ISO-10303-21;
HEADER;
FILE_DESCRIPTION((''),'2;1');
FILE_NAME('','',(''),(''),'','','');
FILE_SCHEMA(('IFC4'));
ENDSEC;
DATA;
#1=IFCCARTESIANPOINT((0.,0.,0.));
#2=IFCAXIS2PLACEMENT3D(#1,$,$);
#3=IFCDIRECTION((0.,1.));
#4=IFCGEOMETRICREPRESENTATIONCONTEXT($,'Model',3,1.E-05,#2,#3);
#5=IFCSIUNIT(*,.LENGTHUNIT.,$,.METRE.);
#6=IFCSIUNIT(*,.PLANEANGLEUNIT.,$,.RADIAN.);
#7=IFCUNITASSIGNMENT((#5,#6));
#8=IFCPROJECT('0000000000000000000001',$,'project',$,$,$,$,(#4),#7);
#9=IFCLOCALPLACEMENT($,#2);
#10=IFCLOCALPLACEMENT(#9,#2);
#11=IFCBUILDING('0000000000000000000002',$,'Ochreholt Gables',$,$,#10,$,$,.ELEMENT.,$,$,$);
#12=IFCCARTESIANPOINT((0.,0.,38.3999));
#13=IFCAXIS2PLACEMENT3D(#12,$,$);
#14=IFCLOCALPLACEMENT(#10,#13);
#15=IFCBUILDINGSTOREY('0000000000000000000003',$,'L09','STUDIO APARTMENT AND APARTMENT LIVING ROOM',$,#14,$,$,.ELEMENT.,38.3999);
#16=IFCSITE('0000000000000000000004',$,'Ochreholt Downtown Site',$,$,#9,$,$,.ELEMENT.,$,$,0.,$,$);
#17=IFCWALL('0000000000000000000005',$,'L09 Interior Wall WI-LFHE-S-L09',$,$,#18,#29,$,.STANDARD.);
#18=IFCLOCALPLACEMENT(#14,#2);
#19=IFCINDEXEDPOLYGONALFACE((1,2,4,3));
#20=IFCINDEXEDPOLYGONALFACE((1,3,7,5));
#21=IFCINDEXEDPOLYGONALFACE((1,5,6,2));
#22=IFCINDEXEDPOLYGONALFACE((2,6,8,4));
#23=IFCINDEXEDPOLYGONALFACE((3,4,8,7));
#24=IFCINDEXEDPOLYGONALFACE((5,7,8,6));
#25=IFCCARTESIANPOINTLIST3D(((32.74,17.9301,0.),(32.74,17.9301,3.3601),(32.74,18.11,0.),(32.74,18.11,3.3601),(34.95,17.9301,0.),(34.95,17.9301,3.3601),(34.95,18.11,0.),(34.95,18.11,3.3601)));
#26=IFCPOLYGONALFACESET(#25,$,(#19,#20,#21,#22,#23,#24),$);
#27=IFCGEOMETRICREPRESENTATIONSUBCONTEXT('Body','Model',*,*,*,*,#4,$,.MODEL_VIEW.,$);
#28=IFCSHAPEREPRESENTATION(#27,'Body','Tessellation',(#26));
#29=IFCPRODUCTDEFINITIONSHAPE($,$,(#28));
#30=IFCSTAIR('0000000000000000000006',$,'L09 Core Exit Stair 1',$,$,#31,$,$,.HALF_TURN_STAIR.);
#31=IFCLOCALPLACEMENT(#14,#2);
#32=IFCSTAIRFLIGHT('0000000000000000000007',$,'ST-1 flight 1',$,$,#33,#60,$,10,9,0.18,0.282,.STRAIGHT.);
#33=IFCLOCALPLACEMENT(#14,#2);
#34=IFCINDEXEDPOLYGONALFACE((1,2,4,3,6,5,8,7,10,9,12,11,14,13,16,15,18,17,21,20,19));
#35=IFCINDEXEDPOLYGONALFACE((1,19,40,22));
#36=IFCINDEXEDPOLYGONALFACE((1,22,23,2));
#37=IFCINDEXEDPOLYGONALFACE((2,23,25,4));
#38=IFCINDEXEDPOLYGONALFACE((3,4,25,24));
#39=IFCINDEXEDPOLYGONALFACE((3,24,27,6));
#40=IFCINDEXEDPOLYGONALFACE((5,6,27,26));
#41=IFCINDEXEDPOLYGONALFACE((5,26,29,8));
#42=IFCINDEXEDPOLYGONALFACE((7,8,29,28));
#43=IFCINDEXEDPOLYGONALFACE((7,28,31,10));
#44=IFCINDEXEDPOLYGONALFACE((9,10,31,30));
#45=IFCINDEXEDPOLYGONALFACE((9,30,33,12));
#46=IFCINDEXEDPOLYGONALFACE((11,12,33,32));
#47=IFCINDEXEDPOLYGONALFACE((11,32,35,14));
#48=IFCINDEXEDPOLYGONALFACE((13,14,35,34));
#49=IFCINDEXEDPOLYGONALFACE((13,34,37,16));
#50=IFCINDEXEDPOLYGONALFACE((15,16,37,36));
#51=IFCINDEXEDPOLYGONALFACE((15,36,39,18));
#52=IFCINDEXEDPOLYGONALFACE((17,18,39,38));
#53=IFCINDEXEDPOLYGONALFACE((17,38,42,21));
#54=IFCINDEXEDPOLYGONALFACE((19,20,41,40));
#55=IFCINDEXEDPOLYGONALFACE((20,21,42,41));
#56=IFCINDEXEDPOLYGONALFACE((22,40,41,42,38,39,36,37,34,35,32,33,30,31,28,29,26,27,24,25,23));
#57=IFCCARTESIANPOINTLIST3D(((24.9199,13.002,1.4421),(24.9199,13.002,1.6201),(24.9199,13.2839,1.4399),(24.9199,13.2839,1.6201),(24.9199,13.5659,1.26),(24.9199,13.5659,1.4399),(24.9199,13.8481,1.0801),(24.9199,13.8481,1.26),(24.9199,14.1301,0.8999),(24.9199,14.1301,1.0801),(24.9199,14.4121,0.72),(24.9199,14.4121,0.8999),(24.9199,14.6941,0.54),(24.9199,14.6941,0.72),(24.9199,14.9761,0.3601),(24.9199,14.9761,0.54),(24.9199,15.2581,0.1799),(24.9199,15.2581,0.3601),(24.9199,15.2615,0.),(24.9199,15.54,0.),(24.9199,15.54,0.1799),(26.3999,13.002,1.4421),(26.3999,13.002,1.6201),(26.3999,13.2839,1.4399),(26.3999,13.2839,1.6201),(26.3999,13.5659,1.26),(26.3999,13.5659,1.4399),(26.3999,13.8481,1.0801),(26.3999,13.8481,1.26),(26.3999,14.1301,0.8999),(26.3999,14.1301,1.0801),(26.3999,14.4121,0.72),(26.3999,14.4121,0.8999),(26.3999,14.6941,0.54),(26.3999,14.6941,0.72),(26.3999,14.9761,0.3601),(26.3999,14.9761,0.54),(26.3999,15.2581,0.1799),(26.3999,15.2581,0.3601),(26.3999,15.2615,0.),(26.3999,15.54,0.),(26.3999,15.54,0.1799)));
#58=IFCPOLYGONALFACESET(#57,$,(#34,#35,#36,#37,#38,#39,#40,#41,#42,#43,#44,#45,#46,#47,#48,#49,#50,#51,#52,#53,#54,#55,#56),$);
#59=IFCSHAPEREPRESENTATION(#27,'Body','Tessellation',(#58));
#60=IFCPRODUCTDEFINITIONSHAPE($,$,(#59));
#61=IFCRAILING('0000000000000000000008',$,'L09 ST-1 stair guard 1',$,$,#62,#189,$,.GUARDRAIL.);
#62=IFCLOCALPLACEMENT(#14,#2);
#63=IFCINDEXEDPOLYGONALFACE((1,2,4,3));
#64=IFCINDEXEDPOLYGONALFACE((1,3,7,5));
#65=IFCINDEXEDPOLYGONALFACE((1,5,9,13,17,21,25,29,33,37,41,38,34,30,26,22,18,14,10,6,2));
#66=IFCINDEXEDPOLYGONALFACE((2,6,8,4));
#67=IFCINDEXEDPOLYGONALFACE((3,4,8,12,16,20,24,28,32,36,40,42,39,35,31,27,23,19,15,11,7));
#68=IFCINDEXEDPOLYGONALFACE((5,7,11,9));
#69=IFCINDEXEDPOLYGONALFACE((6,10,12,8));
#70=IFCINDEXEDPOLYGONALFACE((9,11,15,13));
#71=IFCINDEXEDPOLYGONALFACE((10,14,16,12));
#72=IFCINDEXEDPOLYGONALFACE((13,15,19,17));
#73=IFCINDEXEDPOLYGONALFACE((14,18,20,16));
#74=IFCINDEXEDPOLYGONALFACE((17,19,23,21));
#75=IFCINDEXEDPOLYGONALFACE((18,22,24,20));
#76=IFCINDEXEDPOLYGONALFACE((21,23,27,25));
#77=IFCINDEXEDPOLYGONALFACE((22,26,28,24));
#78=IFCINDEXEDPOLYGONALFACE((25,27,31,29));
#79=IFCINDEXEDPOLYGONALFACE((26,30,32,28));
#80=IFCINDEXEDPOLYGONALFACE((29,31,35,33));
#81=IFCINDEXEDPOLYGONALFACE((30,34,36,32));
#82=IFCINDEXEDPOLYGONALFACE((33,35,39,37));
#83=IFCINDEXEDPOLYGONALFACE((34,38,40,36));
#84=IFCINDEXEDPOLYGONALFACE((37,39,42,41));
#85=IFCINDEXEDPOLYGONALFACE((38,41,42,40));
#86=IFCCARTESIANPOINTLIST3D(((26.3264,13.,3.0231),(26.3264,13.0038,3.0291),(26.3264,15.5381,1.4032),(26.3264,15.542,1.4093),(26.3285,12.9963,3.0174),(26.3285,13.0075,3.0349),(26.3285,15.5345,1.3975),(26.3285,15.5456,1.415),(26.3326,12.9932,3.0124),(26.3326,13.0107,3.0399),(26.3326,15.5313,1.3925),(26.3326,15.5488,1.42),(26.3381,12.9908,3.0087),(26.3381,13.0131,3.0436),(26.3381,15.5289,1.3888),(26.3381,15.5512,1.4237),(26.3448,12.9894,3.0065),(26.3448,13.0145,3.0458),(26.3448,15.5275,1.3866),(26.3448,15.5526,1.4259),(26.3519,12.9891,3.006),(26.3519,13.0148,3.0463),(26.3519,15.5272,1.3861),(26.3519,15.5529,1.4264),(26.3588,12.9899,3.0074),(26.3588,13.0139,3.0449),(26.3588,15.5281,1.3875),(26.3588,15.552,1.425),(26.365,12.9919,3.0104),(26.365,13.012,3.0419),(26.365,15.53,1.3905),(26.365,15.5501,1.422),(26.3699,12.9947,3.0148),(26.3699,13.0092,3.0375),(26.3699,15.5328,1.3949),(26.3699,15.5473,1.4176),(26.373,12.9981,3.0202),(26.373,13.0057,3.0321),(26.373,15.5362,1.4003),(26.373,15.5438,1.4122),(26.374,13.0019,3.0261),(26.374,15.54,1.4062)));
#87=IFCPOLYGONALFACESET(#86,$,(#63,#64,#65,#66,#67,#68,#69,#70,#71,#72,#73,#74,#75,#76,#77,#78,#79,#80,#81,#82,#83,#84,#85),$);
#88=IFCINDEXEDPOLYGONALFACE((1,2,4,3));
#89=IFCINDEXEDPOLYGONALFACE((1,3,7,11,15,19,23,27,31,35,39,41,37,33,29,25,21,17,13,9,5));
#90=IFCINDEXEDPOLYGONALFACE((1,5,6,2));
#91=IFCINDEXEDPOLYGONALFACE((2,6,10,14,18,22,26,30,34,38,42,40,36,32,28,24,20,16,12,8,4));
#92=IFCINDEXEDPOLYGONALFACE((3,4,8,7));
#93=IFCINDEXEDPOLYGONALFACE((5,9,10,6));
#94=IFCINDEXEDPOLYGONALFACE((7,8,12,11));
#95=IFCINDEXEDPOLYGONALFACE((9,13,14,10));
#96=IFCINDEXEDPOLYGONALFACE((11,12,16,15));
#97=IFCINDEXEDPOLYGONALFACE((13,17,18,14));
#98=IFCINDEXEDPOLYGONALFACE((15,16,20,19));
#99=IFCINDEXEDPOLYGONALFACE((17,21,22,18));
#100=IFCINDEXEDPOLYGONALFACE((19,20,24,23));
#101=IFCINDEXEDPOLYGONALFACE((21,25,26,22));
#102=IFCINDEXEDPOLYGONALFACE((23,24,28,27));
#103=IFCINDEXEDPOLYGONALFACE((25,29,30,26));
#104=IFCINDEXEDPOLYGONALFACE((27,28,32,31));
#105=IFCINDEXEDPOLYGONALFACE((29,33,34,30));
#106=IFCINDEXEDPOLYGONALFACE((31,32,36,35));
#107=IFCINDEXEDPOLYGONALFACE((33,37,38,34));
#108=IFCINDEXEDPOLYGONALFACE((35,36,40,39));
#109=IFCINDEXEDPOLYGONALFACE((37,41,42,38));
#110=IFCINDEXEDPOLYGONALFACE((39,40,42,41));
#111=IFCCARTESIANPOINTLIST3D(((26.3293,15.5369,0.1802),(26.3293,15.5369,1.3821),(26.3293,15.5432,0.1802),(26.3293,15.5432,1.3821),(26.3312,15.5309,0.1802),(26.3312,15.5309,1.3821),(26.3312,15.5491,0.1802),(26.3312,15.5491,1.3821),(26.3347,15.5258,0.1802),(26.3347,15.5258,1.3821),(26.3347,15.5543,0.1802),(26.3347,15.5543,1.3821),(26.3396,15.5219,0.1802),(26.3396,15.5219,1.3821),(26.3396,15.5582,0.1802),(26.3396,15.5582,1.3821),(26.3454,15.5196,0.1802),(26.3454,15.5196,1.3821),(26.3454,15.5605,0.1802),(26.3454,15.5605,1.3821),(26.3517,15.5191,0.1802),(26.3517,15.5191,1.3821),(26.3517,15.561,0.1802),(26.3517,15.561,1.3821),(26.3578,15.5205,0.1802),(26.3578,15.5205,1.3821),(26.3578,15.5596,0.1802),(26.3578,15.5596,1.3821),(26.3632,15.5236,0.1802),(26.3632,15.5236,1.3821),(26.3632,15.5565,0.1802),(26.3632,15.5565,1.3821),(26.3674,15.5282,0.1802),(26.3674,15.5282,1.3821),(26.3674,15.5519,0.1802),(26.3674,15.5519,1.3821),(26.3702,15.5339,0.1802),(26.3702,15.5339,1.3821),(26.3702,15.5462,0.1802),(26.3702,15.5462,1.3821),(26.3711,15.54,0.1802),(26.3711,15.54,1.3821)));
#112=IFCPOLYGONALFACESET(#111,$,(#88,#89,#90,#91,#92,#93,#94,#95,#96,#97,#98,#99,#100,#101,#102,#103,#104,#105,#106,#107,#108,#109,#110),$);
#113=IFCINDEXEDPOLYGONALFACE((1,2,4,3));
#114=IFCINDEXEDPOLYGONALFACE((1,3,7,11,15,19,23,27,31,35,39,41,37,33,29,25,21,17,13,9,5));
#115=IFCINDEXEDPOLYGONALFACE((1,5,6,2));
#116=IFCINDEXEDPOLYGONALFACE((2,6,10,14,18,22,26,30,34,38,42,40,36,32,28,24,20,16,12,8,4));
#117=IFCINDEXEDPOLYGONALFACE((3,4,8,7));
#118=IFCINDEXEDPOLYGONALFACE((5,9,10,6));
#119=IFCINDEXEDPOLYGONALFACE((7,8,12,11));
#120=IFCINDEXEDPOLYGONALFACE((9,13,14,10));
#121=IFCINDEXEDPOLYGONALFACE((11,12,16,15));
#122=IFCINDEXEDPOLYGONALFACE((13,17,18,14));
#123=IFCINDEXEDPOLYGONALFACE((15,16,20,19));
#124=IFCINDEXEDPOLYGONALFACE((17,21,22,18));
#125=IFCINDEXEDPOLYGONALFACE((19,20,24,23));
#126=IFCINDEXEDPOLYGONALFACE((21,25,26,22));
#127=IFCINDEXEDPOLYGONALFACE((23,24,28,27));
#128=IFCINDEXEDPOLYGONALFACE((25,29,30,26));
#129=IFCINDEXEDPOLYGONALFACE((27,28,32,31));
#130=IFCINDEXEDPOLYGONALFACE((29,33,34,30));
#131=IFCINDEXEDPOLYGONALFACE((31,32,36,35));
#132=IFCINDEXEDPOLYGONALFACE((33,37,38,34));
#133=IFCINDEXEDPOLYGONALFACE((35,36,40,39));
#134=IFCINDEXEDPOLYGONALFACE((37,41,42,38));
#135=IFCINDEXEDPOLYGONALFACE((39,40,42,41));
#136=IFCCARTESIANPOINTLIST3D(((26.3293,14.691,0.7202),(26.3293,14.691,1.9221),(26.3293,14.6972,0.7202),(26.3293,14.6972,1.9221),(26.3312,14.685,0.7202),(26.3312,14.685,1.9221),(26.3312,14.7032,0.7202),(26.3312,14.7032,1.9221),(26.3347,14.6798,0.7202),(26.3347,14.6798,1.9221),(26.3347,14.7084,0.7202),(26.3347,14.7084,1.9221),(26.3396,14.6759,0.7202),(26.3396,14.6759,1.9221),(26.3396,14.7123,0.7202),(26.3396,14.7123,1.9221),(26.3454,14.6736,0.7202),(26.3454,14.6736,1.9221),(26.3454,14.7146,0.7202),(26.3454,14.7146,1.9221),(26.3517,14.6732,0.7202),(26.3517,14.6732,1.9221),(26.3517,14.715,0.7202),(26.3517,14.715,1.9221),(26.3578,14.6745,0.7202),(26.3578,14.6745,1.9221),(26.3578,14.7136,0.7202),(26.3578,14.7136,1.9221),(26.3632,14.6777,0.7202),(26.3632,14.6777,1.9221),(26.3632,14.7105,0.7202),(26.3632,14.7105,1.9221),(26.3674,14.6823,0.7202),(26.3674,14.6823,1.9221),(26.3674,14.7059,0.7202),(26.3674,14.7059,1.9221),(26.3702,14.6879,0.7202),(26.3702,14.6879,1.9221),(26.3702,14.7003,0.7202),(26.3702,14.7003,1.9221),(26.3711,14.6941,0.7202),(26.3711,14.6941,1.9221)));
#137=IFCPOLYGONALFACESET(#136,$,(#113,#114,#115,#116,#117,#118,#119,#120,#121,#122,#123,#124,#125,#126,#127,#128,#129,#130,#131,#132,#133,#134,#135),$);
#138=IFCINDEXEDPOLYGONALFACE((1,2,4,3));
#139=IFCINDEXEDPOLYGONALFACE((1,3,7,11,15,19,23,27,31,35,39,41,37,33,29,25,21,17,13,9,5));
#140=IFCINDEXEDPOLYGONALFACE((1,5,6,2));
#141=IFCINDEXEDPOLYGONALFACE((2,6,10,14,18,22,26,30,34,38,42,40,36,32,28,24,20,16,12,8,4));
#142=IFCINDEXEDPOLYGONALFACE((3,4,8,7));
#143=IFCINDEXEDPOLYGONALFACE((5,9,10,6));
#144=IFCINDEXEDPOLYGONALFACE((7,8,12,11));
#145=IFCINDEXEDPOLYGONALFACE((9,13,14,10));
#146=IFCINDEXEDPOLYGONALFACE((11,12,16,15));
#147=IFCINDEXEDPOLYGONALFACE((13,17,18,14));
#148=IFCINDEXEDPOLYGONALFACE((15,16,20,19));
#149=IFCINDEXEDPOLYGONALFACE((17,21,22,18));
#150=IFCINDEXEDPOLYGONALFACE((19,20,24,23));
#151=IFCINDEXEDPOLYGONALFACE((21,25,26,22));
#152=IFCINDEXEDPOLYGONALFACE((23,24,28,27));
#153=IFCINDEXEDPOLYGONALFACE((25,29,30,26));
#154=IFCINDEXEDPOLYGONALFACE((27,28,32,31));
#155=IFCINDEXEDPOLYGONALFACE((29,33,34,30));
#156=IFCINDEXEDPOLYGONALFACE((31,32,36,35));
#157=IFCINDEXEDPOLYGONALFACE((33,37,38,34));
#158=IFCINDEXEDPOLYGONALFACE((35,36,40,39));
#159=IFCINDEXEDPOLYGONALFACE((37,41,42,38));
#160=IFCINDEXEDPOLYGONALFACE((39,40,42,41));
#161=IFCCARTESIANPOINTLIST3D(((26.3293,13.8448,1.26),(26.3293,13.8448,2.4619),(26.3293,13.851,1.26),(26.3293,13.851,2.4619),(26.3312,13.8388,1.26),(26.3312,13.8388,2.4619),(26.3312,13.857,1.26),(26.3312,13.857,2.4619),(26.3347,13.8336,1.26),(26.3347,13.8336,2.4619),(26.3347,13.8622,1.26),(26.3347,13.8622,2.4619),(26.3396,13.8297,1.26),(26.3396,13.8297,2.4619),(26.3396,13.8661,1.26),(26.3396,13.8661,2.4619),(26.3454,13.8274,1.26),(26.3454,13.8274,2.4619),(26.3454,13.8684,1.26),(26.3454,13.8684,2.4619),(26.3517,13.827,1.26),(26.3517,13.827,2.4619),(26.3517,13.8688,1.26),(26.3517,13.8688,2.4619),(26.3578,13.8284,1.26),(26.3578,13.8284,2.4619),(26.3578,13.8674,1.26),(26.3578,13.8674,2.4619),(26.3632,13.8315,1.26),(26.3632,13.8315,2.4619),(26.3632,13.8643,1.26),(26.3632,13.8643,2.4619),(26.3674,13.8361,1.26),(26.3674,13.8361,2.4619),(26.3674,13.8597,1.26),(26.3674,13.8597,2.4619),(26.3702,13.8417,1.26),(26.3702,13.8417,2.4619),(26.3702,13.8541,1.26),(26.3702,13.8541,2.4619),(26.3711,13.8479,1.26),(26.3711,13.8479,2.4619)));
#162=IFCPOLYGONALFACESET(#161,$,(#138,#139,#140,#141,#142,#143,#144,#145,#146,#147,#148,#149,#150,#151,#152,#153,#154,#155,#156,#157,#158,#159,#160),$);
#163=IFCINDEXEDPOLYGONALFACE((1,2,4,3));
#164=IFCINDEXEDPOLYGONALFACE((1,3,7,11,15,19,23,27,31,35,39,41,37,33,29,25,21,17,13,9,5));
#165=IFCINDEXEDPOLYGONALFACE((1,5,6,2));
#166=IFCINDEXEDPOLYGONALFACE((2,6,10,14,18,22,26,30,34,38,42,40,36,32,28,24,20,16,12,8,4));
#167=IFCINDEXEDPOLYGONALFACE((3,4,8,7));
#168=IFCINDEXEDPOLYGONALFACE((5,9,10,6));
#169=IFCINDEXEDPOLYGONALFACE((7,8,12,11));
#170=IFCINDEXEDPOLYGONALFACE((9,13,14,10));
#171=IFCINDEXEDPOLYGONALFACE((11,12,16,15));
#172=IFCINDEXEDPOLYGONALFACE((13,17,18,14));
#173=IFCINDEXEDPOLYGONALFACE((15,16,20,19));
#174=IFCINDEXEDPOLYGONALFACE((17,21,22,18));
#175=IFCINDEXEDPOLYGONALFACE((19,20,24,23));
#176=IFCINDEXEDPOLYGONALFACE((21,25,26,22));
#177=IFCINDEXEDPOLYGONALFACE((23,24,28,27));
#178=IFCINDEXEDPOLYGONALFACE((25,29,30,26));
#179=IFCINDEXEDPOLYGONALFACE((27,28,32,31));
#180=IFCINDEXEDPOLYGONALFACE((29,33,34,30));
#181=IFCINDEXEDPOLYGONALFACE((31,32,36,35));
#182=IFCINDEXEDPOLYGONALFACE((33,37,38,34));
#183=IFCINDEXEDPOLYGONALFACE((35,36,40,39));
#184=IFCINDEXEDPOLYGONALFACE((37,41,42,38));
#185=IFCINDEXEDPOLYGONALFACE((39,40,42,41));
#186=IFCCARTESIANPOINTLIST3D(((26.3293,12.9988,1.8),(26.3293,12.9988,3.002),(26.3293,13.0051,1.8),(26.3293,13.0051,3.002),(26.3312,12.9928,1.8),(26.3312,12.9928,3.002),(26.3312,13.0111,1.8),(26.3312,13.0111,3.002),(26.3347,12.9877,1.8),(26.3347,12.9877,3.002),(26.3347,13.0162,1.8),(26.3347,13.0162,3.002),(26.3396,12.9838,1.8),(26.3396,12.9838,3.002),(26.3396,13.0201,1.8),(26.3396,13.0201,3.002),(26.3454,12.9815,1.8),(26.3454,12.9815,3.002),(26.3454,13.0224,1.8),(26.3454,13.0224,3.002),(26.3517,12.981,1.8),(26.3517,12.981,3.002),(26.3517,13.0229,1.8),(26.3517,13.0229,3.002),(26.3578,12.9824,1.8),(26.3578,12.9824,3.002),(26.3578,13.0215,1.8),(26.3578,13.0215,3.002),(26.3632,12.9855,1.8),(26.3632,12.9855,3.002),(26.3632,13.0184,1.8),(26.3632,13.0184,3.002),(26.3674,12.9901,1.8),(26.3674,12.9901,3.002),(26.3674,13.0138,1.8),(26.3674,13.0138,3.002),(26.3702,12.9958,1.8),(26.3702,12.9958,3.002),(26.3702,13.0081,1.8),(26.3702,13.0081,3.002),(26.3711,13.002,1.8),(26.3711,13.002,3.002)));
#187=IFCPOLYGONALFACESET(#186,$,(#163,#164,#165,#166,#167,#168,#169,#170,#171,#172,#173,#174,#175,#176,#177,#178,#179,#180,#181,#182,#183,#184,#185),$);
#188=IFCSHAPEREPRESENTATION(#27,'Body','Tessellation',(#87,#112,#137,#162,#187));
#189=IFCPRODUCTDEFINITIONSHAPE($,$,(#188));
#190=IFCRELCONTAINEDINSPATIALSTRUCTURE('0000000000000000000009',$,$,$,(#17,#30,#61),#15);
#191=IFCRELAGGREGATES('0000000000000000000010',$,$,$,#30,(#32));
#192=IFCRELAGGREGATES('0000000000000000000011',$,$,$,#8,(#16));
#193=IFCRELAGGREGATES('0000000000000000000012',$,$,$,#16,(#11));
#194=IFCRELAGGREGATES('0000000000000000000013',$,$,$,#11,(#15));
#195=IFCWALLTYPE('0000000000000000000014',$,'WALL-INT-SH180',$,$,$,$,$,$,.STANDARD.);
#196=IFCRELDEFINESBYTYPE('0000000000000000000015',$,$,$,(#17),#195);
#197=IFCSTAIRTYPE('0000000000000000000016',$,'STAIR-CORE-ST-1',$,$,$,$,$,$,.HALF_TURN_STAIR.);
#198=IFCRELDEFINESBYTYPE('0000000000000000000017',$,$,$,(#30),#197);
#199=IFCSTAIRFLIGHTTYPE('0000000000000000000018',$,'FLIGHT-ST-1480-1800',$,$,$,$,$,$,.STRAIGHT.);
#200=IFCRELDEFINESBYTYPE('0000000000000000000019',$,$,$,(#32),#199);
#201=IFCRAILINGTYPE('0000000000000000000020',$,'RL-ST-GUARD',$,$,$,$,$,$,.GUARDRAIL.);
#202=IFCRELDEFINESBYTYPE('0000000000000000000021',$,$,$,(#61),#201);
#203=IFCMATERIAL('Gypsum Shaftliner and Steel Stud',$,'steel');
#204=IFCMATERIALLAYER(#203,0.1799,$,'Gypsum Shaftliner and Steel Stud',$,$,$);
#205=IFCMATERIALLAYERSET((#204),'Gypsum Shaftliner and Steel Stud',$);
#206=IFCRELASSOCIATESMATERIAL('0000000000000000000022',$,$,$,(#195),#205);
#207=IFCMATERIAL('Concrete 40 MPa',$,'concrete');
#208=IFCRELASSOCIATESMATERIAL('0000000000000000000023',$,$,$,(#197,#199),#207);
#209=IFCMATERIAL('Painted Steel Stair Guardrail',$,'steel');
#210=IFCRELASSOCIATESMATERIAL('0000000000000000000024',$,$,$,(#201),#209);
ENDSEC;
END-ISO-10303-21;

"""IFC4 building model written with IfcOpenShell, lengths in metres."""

from ifc_helpers import new_model, si_unit, direction, frame, frame_2d, origin, origin_2d, place, context, subcontext, project, spatial, polyline, rectangle, circle, outline, extrude, material, layer, layer_set, type_object, element, aggregate, save


model = new_model("IFC4")

# Units and contexts
model_context = context("Model", 3, precision=1e-05, world=origin(), true_north=direction((0.0, 1.0)))
body_context = subcontext(model_context, "Body", "Model", "MODEL_VIEW")
ifc_project = project(units=[si_unit("LENGTHUNIT", "METRE"), si_unit("PLANEANGLEUNIT", "RADIAN")], contexts=[model_context])

# Site, building, storey
site_placement = place(None, origin())
site = spatial("IfcSite", under=ifc_project, at=site_placement, Name="Ochreholt Downtown Site", CompositionType="ELEMENT", RefElevation=0.0)
building_placement = place(site_placement, origin())
building = spatial("IfcBuilding", under=site, at=building_placement, Name="Ochreholt Gables", CompositionType="ELEMENT")
storey_placement = place(building_placement, frame((0.0, 0.0, 38.3999)))
storey = spatial("IfcBuildingStorey", under=building, at=storey_placement, Name="L09", Description="STUDIO APARTMENT AND APARTMENT LIVING ROOM", CompositionType="ELEMENT", Elevation=38.3999)

# Shared definitions
ifc_material_1 = material(Name="Concrete 40 MPa", Category="concrete")

# Wall
ifc_material_2 = material(Name="Gypsum Shaftliner and Steel Stud", Category="steel")
ifc_layer_1 = layer(ifc_material_2, 0.1799, Name="Gypsum Shaftliner and Steel Stud")
ifc_layer_set_1 = layer_set([ifc_layer_1], Name="Gypsum Shaftliner and Steel Stud")
wall_type_1 = type_object("IfcWallType", Name="WALL-INT-SH180", PredefinedType="STANDARD", material=ifc_layer_set_1)
wall_1_placement = place(storey_placement, frame((32.74, 18.02, 0.0), z_axis=(0.0, 0.0, 1.0), x_axis=(1.0, 0.0, 0.0)))
element("IfcWall", 1, at=wall_1_placement, inside=storey, type_object=wall_type_1, Name="L09 Interior Wall WI-LFHE-S-L09", PredefinedType="STANDARD", context=body_context, shape_type="SweptSolid", body=[
    extrude(rectangle(XDim=2.21, YDim=0.1799, at=frame_2d((1.105, 0.0))), origin(), (0.0, 0.0, 1.0), 3.3601),
])

# Stair, stair flight
stair_type = type_object("IfcStairType", Name="STAIR-CORE-ST-1", PredefinedType="HALF_TURN_STAIR", material=ifc_material_1)
stair_placement = place(storey_placement, origin())
stair = element("IfcStair", 2, at=stair_placement, inside=storey, type_object=stair_type, Name="L09 Core Exit Stair 1", PredefinedType="HALF_TURN_STAIR")
stair_flight_type = type_object("IfcStairFlightType", Name="FLIGHT-ST-1480-1800", PredefinedType="STRAIGHT", material=ifc_material_1)
stair_flight_placement = place(storey_placement, frame((25.6599, 15.54, 0.0), z_axis=(0.0, 0.0, 1.0), x_axis=(0.0, -1.0, 0.0)))
stair_flight = element("IfcStairFlight", 3, at=stair_flight_placement, type_object=stair_flight_type, Name="ST-1 flight 1", NumberOfRisers=10, NumberOfTreads=9, PredefinedType="STRAIGHT", RiserHeight=0.18, TreadLength=0.282, context=body_context, shape_type="SweptSolid", body=[
    extrude(outline(polyline([(0.0, 0.0), (0.0, 0.1799), (0.282, 0.1799), (0.282, 0.3601), (0.564, 0.3601), (0.564, 0.54), (0.8459, 0.54), (0.8459, 0.72), (1.1279, 0.72), (1.1279, 0.8999), (1.4099, 0.8999), (1.4099, 1.0801), (1.6919, 1.0801), (1.6919, 1.26), (1.9741, 1.26), (1.9741, 1.4399), (2.2561, 1.4399), (2.2561, 1.6201), (2.5381, 1.6201), (2.5381, 1.8), (2.5381, 1.4421), (0.2786, 0.0), (0.0, 0.0)])), frame((0.0, 0.74, 0.0), z_axis=(0.0, -1.0, 0.0), x_axis=(1.0, 0.0, 0.0)), (0.0, 0.0, 1.0), 1.48),
])
aggregate(stair, [stair_flight])

# Railing
ifc_material_3 = material(Name="Painted Steel Stair Guardrail", Category="steel")
railing_type_1 = type_object("IfcRailingType", Name="RL-ST-GUARD", PredefinedType="GUARDRAIL", material=ifc_material_3)
railing_1_placement = place(storey_placement, frame((26.3501, 15.54, 0.1802)))
element("IfcRailing", 4, at=railing_1_placement, inside=storey, type_object=railing_type_1, Name="L09 ST-1 stair guard 1", PredefinedType="GUARDRAIL", context=body_context, shape_type="SweptSolid", body=[
    extrude(circle(Radius=0.0239, at=origin_2d()), frame((0.0, 0.0, 1.2261), z_axis=(0.0, -0.84295, 0.537993), x_axis=(1.0, 0.0, 0.0)), (0.0, 0.0, 1.0), 3.011),
    extrude(circle(Radius=0.021, at=origin_2d()), origin(), (0.0, 0.0, 1.0), 1.2019),
    extrude(circle(Radius=0.021, at=origin_2d()), frame((0.0, -0.8459, 0.54)), (0.0, 0.0, 1.0), 1.2019),
    extrude(circle(Radius=0.021, at=origin_2d()), frame((0.0, -1.6921, 1.0798)), (0.0, 0.0, 1.0), 1.2019),
    extrude(circle(Radius=0.021, at=origin_2d()), frame((0.0, -2.5381, 1.6199)), (0.0, 0.0, 1.0), 1.2019),
])

save(model, "model.ifc")
